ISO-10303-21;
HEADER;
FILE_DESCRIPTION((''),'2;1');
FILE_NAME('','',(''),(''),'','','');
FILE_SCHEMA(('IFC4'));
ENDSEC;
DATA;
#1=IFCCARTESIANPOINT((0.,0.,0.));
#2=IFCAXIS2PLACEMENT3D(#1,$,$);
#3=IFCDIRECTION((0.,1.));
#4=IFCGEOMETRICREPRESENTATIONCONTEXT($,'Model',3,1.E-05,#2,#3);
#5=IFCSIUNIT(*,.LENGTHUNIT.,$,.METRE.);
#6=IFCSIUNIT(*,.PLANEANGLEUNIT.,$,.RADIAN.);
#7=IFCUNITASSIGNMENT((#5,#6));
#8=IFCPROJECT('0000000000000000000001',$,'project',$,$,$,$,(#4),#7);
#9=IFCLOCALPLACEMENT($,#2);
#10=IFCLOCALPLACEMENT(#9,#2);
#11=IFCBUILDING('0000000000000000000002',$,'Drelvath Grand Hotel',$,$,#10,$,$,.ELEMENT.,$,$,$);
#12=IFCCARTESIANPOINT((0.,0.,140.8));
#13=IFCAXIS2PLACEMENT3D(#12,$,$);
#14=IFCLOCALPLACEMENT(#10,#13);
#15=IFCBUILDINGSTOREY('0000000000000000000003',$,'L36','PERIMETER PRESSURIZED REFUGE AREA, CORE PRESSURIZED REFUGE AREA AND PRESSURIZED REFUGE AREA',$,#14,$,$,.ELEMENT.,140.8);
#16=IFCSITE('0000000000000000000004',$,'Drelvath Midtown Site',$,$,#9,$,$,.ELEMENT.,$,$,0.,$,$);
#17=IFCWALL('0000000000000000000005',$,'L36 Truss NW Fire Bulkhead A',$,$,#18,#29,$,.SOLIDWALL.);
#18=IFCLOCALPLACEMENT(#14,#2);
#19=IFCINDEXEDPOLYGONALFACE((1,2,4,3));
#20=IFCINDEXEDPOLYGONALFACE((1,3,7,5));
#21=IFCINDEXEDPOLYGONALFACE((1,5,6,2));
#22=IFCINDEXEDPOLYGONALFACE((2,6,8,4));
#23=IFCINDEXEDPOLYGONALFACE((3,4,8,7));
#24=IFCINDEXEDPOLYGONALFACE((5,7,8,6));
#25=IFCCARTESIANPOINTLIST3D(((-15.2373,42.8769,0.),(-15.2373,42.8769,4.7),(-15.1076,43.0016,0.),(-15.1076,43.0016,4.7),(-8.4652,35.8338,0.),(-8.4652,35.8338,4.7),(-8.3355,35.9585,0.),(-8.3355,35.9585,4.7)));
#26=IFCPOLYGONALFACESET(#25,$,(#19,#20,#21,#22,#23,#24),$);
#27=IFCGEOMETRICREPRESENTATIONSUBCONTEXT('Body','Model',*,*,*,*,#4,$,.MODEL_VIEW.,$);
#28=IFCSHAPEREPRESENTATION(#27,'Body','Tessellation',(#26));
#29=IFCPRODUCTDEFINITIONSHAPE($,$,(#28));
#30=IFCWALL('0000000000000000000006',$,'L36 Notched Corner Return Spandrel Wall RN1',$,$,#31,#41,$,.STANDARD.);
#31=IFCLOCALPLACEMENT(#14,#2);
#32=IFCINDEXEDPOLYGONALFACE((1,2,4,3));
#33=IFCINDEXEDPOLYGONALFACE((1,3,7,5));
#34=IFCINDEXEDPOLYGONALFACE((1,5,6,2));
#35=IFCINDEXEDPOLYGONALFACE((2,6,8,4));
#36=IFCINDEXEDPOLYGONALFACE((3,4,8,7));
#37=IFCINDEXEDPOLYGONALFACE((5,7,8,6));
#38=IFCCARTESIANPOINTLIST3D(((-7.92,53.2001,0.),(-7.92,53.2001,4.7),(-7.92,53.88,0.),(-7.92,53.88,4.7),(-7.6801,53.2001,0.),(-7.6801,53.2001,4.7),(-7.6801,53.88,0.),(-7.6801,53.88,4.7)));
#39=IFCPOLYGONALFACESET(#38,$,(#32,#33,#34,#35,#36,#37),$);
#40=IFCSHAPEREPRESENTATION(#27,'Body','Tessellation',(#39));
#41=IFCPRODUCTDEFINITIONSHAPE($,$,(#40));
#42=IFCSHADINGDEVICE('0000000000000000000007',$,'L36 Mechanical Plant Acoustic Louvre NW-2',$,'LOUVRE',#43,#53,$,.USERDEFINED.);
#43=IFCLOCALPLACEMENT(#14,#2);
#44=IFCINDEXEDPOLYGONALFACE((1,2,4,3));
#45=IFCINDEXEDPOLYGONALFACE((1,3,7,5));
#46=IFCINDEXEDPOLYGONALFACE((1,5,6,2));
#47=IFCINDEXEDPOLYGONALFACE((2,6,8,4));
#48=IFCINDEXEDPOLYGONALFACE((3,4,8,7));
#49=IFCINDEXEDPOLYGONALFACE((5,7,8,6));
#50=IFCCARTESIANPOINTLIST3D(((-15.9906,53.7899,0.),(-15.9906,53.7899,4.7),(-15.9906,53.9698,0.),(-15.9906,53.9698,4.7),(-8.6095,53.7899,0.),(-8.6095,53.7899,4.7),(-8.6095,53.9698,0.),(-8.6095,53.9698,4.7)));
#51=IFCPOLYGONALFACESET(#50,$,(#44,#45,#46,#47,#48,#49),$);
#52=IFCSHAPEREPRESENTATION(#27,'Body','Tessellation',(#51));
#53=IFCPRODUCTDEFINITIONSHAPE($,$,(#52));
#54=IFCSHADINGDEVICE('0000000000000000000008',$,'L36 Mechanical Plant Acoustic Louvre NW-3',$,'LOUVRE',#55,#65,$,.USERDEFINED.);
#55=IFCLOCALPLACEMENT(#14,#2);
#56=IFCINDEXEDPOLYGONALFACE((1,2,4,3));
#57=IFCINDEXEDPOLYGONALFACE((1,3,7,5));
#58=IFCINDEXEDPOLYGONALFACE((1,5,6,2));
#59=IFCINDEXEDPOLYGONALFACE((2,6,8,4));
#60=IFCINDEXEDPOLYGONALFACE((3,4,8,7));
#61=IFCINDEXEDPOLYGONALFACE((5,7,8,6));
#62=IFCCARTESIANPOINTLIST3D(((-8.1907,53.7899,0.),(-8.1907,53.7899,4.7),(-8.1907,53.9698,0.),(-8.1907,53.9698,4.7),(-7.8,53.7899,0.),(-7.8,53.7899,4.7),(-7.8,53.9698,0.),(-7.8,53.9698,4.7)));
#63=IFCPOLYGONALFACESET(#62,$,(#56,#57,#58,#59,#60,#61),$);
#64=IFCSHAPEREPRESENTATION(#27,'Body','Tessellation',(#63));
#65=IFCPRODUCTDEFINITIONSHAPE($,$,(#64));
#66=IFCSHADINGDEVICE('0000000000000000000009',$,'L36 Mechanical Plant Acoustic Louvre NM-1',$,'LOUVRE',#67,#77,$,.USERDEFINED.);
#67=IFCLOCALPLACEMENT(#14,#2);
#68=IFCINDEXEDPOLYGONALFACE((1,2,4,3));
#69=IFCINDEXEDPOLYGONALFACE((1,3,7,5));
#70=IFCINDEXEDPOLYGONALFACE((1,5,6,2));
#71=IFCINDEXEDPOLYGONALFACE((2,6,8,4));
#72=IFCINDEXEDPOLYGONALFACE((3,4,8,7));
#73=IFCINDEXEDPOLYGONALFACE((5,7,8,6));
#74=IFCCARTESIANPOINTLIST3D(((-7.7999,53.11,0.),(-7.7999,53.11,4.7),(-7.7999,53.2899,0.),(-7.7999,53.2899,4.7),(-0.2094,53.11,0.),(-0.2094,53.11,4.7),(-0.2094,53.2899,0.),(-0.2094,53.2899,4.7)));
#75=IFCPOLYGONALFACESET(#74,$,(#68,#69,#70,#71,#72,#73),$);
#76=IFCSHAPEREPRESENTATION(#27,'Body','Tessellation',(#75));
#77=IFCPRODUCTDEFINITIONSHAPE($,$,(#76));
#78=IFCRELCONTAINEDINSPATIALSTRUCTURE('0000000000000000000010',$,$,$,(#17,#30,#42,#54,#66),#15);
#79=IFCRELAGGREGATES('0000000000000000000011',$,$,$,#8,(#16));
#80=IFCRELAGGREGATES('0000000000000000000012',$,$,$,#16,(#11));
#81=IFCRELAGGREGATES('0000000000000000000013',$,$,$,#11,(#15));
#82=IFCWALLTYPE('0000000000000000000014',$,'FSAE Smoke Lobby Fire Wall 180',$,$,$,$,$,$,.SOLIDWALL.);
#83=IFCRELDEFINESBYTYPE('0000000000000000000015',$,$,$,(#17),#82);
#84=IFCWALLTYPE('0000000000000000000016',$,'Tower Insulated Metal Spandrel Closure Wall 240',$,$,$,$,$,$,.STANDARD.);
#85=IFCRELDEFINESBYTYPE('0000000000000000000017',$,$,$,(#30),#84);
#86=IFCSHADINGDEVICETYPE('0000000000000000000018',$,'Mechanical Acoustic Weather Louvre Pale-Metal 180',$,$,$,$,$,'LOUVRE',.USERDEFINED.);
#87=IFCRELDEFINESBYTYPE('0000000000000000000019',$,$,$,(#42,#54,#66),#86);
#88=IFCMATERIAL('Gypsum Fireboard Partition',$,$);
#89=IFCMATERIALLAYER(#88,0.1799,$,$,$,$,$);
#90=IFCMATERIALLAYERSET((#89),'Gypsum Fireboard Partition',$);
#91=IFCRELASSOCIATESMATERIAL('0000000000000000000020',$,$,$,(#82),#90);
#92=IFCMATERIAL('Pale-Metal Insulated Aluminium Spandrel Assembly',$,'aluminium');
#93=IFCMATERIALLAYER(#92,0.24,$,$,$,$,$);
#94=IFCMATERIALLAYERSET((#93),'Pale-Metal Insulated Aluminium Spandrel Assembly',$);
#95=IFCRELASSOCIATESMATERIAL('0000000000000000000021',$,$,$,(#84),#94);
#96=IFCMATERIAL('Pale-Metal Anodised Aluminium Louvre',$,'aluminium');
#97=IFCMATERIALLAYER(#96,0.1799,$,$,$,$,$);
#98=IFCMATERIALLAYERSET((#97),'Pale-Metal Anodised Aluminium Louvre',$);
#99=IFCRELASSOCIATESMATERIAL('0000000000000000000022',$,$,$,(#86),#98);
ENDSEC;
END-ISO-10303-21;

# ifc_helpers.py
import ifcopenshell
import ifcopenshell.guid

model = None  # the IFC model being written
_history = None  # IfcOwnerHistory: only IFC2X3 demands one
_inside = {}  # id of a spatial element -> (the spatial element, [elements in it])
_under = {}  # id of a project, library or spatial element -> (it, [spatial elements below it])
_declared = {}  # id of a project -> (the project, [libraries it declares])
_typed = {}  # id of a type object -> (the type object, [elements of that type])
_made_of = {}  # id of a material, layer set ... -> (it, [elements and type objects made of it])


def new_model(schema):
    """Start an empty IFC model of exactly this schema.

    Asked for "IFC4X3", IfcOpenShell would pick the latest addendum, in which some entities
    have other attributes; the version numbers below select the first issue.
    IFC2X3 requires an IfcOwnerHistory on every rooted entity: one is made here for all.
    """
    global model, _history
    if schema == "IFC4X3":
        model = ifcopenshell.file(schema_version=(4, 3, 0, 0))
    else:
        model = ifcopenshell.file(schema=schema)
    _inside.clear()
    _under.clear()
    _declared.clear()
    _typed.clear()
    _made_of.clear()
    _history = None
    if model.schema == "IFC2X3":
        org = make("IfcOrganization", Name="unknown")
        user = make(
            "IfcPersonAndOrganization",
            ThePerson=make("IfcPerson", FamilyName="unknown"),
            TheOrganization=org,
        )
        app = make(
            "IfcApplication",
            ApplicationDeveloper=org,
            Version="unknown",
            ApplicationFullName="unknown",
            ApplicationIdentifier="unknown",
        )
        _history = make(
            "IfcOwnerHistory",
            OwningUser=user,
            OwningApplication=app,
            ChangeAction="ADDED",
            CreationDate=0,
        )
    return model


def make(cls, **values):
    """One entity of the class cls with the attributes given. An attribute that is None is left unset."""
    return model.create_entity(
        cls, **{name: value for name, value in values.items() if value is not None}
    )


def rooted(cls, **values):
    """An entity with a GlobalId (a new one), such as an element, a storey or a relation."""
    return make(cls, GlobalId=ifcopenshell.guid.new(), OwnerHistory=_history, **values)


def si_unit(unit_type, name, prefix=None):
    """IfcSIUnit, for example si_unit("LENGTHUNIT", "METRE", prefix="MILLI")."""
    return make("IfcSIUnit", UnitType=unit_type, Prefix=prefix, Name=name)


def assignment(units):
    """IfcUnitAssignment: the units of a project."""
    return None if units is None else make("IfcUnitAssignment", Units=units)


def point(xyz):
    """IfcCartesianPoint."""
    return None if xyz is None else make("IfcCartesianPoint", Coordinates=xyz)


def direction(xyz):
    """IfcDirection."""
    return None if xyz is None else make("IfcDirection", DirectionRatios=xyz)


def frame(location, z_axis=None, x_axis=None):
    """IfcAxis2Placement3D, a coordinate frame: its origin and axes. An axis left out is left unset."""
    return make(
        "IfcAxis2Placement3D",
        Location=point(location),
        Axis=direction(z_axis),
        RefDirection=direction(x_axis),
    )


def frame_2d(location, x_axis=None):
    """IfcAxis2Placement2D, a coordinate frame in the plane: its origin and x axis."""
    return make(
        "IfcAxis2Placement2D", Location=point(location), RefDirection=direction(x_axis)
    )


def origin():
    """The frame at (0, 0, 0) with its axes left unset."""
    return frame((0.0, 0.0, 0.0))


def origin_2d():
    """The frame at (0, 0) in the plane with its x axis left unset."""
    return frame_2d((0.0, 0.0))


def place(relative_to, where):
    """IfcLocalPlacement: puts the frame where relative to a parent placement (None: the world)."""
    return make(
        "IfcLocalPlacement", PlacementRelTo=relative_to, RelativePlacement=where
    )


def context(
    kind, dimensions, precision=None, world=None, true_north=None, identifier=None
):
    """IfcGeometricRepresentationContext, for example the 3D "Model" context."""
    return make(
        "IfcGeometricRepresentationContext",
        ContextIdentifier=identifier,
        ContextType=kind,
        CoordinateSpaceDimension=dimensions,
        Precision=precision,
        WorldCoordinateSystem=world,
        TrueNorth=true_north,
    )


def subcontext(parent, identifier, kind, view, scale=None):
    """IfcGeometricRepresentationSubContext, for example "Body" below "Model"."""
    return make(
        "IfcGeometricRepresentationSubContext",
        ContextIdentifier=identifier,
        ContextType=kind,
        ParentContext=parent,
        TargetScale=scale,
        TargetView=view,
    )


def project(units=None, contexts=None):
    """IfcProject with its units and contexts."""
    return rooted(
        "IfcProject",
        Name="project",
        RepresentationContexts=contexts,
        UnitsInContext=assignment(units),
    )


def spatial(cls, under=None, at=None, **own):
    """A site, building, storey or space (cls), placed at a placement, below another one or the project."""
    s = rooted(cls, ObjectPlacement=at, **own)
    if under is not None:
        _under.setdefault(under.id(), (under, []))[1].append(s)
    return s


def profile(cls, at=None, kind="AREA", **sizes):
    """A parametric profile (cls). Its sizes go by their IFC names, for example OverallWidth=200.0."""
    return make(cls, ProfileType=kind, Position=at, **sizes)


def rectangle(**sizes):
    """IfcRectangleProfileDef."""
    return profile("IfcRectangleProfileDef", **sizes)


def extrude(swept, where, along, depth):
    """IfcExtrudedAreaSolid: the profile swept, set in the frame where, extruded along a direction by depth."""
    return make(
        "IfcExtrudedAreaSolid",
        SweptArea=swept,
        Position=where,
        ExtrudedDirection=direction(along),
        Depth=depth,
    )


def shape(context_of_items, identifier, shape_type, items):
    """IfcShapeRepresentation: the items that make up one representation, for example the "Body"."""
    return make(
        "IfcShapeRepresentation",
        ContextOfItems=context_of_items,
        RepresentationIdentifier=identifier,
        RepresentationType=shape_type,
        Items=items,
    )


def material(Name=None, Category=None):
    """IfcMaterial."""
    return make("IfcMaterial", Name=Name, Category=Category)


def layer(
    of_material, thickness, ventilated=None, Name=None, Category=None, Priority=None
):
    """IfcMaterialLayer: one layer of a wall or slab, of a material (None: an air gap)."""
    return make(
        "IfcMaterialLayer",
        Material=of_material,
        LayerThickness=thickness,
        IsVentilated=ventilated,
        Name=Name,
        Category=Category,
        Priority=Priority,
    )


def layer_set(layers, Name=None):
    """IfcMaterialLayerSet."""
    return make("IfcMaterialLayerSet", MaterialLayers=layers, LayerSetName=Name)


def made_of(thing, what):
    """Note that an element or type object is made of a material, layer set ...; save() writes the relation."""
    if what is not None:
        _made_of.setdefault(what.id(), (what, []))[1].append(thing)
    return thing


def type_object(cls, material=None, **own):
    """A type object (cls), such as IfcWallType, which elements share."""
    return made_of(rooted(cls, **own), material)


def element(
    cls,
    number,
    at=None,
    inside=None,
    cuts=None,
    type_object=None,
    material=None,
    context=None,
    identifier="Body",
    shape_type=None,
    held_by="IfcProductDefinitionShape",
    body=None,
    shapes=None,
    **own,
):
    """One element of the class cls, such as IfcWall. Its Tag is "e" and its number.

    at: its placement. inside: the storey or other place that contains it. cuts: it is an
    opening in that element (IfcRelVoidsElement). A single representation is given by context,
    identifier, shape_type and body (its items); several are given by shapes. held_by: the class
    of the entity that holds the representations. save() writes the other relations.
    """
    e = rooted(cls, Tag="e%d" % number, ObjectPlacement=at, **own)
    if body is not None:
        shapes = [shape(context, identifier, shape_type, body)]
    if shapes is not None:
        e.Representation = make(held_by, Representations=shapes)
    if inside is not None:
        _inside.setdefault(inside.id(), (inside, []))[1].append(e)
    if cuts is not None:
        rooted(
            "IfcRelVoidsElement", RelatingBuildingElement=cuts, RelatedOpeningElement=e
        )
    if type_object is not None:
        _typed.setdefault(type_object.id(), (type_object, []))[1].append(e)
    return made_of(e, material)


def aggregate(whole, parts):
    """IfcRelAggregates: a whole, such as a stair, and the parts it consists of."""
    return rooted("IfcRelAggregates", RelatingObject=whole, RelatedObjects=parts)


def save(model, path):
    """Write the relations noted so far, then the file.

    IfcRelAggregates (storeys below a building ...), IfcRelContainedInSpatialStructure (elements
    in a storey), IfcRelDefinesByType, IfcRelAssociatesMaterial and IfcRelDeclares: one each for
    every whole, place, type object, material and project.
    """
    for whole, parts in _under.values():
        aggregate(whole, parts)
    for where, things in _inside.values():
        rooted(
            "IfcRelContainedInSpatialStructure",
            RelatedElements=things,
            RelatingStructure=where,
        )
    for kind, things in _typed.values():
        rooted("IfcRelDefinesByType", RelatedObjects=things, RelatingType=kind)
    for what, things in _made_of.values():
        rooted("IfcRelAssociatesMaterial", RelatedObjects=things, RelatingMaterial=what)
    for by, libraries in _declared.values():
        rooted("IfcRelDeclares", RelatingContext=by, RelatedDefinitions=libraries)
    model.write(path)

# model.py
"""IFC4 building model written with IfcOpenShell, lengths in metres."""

from ifc_helpers import new_model, si_unit, direction, frame, frame_2d, origin, origin_2d, place, context, subcontext, project, spatial, rectangle, extrude, material, layer, layer_set, type_object, element, save


model = new_model("IFC4")

# Units and contexts
model_context = context("Model", 3, precision=1e-05, world=origin(), true_north=direction((0.0, 1.0)))
body_context = subcontext(model_context, "Body", "Model", "MODEL_VIEW")
ifc_project = project(units=[si_unit("LENGTHUNIT", "METRE"), si_unit("PLANEANGLEUNIT", "RADIAN")], contexts=[model_context])

# Site, building, storey
site_placement = place(None, origin())
site = spatial("IfcSite", under=ifc_project, at=site_placement, Name="Drelvath Midtown Site", CompositionType="ELEMENT", RefElevation=0.0)
building_placement = place(site_placement, origin())
building = spatial("IfcBuilding", under=site, at=building_placement, Name="Drelvath Grand Hotel", CompositionType="ELEMENT")
storey_placement = place(building_placement, frame((0.0, 0.0, 140.8)))
storey = spatial("IfcBuildingStorey", under=building, at=storey_placement, Name="L36", Description="PERIMETER PRESSURIZED REFUGE AREA, CORE PRESSURIZED REFUGE AREA AND PRESSURIZED REFUGE AREA", CompositionType="ELEMENT", Elevation=140.8)

# Walls
ifc_material_1 = material(Name="Gypsum Fireboard Partition")
ifc_layer_1 = layer(ifc_material_1, 0.1799)
ifc_layer_set_1 = layer_set([ifc_layer_1], Name="Gypsum Fireboard Partition")
wall_type_1 = type_object("IfcWallType", Name="FSAE Smoke Lobby Fire Wall 180", PredefinedType="SOLIDWALL", material=ifc_layer_set_1)
wall_1_placement = place(storey_placement, frame((-8.4004, 35.8962, 0.0), z_axis=(0.0, 0.0, 1.0), x_axis=(-0.693103, 0.720838, 0.0)))
element("IfcWall", 1, at=wall_1_placement, inside=storey, type_object=wall_type_1, Name="L36 Truss NW Fire Bulkhead A", PredefinedType="SOLIDWALL", context=body_context, shape_type="SweptSolid", body=[
    extrude(rectangle(XDim=9.7708, YDim=0.1799, at=frame_2d((4.8853, 0.0))), origin(), (0.0, 0.0, 1.0), 4.7),
])
ifc_material_2 = material(Name="Pale-Metal Insulated Aluminium Spandrel Assembly", Category="aluminium")
ifc_layer_2 = layer(ifc_material_2, 0.24)
ifc_layer_set_2 = layer_set([ifc_layer_2], Name="Pale-Metal Insulated Aluminium Spandrel Assembly")
wall_type_2 = type_object("IfcWallType", Name="Tower Insulated Metal Spandrel Closure Wall 240", PredefinedType="STANDARD", material=ifc_layer_set_2)
wall_2_placement = place(storey_placement, frame((-7.8, 53.8799, 0.0), z_axis=(0.0, 0.0, 1.0), x_axis=(0.0, -1.0, 0.0)))
element("IfcWall", 2, at=wall_2_placement, inside=storey, type_object=wall_type_2, Name="L36 Notched Corner Return Spandrel Wall RN1", PredefinedType="STANDARD", context=body_context, shape_type="SweptSolid", body=[
    extrude(rectangle(XDim=0.6799, YDim=0.24, at=frame_2d((0.3398, 0.0))), origin(), (0.0, 0.0, 1.0), 4.7),
])

# Shading devices
ifc_material_3 = material(Name="Pale-Metal Anodised Aluminium Louvre", Category="aluminium")
ifc_layer_3 = layer(ifc_material_3, 0.1799)
ifc_layer_set_3 = layer_set([ifc_layer_3], Name="Pale-Metal Anodised Aluminium Louvre")
shading_device_type = type_object("IfcShadingDeviceType", Name="Mechanical Acoustic Weather Louvre Pale-Metal 180", ElementType="LOUVRE", PredefinedType="USERDEFINED", material=ifc_layer_set_3)
shading_device_1_placement = place(storey_placement, frame((-12.3, 53.8799, 0.0), z_axis=(0.0, 0.0, 1.0), x_axis=(1.0, 0.0, 0.0)))
element("IfcShadingDevice", 3, at=shading_device_1_placement, inside=storey, type_object=shading_device_type, Name="L36 Mechanical Plant Acoustic Louvre NW-2", ObjectType="LOUVRE", PredefinedType="USERDEFINED", context=body_context, shape_type="SweptSolid", body=[
    extrude(rectangle(XDim=7.3811, YDim=0.1799, at=origin_2d()), origin(), (0.0, 0.0, 1.0), 4.7),
])
shading_device_2_placement = place(storey_placement, frame((-7.9954, 53.8799, 0.0), z_axis=(0.0, 0.0, 1.0), x_axis=(1.0, 0.0, 0.0)))
element("IfcShadingDevice", 4, at=shading_device_2_placement, inside=storey, type_object=shading_device_type, Name="L36 Mechanical Plant Acoustic Louvre NW-3", ObjectType="LOUVRE", PredefinedType="USERDEFINED", context=body_context, shape_type="SweptSolid", body=[
    extrude(rectangle(XDim=0.3906, YDim=0.1799, at=origin_2d()), origin(), (0.0, 0.0, 1.0), 4.7),
])
shading_device_3_placement = place(storey_placement, frame((-4.0046, 53.2, 0.0), z_axis=(0.0, 0.0, 1.0), x_axis=(1.0, 0.0, 0.0)))
element("IfcShadingDevice", 5, at=shading_device_3_placement, inside=storey, type_object=shading_device_type, Name="L36 Mechanical Plant Acoustic Louvre NM-1", ObjectType="LOUVRE", PredefinedType="USERDEFINED", context=body_context, shape_type="SweptSolid", body=[
    extrude(rectangle(XDim=7.5906, YDim=0.1799, at=origin_2d()), origin(), (0.0, 0.0, 1.0), 4.7),
])

save(model, "model.ifc")
